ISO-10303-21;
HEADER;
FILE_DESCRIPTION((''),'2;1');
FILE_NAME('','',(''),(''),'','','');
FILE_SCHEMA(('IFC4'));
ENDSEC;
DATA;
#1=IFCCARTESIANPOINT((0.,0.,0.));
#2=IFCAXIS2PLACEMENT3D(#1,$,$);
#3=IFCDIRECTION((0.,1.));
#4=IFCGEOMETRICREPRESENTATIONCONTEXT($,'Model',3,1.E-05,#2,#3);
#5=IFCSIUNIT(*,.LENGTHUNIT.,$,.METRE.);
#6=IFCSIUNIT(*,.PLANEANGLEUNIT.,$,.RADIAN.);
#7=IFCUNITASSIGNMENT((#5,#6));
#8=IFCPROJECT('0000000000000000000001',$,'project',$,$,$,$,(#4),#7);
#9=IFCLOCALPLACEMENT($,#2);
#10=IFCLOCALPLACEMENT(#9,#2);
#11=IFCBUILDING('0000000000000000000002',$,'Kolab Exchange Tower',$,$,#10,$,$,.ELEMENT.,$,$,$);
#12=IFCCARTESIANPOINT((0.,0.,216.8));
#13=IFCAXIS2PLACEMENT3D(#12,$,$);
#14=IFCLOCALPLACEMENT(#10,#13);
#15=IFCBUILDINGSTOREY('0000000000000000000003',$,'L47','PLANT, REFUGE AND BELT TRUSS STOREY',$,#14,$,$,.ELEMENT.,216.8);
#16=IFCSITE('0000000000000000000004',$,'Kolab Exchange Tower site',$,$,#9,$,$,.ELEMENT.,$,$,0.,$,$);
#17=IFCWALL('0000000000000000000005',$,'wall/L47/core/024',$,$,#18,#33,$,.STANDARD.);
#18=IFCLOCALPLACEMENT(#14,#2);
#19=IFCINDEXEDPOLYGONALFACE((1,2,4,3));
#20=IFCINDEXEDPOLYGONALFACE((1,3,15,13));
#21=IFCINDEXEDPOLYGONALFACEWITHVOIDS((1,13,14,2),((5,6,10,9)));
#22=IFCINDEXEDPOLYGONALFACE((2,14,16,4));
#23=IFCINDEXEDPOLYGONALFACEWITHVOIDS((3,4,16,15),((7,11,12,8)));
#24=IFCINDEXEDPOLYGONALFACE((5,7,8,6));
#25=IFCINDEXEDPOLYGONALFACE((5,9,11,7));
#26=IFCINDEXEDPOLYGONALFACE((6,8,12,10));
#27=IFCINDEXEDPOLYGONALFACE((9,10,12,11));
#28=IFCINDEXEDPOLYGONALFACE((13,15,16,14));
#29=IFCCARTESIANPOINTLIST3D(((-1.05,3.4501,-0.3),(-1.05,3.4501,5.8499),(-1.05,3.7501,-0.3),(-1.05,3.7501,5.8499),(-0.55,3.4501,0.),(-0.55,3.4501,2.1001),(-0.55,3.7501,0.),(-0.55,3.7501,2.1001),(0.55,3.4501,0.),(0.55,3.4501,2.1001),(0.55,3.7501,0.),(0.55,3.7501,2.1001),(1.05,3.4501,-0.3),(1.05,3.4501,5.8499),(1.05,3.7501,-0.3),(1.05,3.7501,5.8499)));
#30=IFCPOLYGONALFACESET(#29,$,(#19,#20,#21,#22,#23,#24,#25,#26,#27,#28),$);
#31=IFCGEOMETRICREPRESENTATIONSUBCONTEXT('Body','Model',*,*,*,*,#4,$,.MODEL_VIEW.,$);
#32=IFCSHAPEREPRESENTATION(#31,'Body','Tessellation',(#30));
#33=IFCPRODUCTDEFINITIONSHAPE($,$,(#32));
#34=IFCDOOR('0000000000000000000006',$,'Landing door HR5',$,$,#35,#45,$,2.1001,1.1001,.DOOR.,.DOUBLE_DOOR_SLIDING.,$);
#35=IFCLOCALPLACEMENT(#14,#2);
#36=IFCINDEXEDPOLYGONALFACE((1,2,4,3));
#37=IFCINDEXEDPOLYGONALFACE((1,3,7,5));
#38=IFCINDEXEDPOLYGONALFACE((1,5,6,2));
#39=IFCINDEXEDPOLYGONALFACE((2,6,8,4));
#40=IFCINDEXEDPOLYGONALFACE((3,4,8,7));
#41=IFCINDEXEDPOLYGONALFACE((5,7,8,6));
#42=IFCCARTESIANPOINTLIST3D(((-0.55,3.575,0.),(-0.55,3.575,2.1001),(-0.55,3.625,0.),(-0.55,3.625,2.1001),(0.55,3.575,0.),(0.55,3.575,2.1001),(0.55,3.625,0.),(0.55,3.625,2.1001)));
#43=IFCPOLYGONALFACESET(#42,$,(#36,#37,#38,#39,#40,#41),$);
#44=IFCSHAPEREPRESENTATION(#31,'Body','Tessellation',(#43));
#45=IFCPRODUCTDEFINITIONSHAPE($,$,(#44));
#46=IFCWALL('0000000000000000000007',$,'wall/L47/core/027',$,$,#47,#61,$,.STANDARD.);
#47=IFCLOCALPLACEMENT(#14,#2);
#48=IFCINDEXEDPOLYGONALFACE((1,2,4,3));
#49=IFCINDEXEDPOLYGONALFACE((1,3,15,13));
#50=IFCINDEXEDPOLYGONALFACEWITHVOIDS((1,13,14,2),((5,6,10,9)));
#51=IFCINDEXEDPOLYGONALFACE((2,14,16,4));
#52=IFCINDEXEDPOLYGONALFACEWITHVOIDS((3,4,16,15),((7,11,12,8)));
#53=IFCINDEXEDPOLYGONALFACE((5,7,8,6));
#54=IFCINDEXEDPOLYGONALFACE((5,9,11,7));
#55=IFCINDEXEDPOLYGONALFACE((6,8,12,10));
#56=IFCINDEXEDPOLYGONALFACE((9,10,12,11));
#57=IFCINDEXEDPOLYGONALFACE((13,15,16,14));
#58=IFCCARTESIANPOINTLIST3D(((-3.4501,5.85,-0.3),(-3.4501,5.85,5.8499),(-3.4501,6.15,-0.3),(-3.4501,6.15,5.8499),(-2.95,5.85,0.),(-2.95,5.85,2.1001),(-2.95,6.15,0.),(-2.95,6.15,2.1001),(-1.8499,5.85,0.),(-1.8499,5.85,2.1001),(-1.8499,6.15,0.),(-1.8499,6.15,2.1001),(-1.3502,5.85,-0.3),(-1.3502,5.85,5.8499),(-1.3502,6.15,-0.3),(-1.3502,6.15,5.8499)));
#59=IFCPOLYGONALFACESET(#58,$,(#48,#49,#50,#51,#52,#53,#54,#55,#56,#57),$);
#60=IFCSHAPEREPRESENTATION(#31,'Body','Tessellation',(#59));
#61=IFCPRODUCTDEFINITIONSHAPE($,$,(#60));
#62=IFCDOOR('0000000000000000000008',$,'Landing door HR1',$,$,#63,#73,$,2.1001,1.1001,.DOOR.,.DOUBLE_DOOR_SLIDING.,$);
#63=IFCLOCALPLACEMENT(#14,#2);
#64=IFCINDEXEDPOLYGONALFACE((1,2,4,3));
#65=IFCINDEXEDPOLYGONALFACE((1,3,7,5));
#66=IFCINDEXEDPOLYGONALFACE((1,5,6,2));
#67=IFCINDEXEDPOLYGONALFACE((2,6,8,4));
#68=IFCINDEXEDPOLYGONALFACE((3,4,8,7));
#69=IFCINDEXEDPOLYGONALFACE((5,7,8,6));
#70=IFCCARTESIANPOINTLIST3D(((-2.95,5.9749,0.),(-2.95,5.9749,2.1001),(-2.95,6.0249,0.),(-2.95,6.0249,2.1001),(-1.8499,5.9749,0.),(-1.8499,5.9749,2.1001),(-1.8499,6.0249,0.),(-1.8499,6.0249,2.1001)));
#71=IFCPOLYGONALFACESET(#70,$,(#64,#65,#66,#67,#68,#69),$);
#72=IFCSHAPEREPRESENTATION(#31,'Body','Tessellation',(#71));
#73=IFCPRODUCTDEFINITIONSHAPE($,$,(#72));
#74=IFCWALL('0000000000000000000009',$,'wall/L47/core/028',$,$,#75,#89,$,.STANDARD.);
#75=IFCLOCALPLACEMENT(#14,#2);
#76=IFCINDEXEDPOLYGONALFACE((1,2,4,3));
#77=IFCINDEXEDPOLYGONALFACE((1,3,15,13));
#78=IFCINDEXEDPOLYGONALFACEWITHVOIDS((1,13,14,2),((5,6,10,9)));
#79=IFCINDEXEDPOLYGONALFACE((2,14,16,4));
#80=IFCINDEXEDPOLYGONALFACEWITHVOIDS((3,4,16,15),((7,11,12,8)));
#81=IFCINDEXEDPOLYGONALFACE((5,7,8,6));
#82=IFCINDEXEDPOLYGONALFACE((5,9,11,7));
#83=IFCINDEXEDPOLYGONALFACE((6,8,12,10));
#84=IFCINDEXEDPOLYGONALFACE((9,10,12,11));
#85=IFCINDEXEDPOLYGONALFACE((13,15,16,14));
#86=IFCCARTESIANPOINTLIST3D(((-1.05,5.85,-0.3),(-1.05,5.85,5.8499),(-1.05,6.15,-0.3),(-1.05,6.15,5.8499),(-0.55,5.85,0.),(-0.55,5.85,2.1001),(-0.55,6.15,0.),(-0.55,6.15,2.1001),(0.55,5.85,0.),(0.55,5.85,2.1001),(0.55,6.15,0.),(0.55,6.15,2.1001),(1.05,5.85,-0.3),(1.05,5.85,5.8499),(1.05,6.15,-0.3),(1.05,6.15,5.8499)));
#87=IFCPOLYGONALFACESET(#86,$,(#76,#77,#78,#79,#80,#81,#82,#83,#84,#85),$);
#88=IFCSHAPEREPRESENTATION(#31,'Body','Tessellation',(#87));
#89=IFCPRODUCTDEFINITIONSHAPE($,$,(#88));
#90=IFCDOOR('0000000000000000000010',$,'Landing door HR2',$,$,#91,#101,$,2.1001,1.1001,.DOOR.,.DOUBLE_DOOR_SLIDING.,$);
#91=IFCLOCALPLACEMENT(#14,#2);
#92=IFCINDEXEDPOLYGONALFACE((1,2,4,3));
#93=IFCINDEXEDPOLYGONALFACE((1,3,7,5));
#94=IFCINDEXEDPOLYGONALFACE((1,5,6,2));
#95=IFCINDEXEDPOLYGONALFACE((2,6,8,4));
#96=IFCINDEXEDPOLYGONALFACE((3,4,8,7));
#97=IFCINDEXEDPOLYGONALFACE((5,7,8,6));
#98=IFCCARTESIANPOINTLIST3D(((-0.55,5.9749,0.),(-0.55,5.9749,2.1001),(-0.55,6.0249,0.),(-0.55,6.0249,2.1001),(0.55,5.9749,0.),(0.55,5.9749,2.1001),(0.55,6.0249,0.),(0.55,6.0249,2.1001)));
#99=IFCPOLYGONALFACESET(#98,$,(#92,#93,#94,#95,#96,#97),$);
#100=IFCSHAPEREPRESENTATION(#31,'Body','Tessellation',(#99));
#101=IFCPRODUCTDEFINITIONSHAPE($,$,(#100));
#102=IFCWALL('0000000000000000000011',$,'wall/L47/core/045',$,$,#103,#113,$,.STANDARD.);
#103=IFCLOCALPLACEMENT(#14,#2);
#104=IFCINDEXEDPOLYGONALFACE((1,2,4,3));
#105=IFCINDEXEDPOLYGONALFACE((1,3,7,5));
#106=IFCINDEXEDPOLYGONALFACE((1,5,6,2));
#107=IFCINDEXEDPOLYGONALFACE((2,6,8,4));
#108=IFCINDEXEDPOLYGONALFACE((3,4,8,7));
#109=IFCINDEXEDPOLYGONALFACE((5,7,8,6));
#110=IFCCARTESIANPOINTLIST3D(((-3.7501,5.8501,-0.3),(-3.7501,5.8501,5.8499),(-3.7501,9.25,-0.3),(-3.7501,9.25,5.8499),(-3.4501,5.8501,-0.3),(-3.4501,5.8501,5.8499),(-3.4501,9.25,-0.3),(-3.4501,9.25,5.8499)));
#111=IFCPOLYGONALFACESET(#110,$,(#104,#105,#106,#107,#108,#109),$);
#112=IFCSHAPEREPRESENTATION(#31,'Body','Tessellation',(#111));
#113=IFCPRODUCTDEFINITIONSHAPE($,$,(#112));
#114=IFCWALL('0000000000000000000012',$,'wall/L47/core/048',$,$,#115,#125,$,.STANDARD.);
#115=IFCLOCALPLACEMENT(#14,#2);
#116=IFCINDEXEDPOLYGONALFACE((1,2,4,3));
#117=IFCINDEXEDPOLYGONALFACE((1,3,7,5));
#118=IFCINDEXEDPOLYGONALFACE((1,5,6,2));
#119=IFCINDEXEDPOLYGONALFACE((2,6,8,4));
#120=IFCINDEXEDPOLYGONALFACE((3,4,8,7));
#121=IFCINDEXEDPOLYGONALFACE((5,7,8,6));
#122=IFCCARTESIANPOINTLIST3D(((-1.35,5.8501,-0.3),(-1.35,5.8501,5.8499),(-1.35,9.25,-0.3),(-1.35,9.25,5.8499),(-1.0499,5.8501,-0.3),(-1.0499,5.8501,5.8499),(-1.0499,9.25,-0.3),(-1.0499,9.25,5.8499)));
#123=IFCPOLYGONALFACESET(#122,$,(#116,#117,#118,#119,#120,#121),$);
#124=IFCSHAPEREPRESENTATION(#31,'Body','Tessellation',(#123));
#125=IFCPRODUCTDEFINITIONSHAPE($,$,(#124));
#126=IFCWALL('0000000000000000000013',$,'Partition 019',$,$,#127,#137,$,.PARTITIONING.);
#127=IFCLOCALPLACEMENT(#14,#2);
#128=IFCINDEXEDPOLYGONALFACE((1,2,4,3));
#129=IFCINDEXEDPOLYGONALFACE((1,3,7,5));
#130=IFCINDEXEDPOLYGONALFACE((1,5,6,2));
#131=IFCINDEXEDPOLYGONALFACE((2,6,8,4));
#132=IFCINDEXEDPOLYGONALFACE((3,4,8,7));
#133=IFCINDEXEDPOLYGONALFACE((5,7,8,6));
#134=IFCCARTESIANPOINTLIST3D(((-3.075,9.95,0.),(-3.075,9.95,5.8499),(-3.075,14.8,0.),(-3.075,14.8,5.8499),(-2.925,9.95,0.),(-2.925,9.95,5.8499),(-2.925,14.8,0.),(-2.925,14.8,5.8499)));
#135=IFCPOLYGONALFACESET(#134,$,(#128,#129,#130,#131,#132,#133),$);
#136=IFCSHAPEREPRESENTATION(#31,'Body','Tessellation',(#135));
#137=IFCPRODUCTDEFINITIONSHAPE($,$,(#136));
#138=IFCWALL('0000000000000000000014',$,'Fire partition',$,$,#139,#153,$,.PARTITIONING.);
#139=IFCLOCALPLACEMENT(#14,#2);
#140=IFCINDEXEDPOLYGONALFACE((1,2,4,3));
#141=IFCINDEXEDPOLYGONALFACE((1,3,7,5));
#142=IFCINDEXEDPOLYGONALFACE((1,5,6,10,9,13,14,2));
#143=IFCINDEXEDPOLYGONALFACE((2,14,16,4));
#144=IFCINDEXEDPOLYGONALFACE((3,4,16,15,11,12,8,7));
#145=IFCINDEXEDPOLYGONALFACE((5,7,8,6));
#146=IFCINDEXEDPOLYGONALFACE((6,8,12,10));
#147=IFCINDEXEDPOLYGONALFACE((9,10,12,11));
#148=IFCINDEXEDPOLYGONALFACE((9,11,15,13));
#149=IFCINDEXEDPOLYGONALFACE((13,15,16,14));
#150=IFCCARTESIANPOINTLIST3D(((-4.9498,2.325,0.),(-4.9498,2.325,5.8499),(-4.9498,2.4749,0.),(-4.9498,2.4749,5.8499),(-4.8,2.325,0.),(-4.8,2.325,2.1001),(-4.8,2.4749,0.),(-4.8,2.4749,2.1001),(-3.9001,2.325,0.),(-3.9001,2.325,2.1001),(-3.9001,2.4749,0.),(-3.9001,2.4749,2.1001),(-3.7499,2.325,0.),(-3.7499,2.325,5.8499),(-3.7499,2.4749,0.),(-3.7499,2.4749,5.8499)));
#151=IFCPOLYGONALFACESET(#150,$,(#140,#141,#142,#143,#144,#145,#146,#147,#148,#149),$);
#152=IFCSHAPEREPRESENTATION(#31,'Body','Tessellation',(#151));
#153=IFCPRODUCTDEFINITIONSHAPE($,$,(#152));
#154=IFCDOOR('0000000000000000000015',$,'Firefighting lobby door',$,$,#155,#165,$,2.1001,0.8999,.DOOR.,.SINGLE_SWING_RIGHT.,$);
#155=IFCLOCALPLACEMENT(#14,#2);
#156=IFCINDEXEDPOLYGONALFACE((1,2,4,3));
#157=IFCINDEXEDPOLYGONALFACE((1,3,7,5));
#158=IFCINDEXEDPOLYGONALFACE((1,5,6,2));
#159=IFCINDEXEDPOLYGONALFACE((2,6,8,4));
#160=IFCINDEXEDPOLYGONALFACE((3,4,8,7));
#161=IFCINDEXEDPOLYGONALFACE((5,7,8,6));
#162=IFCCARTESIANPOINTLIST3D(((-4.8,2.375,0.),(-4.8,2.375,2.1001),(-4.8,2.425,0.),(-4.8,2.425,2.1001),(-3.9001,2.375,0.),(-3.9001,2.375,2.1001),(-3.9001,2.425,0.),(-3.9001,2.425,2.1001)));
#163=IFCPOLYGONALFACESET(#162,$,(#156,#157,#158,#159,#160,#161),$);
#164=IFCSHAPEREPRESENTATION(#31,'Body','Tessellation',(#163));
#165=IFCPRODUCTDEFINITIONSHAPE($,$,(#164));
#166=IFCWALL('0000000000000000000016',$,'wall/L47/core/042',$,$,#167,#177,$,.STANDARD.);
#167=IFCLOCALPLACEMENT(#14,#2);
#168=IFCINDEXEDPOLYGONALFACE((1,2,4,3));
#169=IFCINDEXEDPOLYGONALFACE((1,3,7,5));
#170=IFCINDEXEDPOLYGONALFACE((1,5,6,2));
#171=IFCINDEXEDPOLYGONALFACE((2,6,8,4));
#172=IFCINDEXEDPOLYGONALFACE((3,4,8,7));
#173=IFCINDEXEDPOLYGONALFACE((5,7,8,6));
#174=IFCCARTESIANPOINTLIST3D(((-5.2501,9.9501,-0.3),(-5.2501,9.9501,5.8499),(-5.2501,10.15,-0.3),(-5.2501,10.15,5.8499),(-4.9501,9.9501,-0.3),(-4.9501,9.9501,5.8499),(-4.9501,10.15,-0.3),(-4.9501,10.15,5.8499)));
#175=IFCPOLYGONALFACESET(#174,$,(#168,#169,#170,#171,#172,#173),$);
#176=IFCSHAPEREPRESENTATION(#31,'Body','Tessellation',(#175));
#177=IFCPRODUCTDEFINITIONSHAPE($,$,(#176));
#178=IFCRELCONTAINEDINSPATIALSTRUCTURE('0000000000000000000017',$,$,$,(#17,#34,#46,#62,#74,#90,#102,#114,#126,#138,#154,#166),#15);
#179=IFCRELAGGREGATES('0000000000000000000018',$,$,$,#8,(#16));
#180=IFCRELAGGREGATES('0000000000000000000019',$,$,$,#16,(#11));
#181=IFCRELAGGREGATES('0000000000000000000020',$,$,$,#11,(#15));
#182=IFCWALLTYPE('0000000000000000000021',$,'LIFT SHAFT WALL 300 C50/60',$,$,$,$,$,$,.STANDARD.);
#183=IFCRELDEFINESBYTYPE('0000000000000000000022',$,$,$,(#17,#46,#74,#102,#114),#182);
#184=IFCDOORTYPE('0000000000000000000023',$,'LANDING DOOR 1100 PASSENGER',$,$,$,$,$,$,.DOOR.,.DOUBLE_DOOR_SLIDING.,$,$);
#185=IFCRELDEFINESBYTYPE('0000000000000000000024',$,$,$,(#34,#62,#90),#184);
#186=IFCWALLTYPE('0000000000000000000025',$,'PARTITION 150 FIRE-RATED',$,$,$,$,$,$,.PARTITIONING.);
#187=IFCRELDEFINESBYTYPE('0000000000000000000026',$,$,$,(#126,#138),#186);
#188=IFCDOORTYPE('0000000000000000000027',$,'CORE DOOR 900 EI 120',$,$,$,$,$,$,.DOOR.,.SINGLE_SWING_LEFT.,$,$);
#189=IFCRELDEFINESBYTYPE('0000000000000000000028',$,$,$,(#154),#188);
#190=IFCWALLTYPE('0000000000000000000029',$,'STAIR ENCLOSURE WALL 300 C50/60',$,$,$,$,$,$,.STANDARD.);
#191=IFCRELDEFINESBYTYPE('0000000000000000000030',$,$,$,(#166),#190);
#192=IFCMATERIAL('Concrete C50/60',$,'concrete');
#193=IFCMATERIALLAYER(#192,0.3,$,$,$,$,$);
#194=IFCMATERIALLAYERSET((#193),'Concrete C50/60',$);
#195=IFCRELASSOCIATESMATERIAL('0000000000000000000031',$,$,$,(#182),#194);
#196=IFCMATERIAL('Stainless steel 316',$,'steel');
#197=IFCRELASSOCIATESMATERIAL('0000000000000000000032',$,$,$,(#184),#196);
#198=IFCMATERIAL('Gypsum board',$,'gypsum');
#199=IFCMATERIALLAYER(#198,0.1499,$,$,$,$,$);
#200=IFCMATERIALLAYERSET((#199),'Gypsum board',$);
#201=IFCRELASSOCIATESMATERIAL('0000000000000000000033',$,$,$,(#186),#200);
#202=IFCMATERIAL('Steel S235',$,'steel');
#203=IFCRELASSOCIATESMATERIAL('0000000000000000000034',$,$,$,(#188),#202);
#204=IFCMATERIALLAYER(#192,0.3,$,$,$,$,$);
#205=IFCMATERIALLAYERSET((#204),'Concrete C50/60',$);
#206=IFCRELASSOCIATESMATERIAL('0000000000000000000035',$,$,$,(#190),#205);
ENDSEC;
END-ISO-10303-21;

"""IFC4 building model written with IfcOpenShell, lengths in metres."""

from ifc_helpers import new_model, si_unit, direction, frame, frame_2d, origin, place, context, subcontext, project, spatial, rectangle, extrude, material, layer, layer_set, type_object, element, fill, save


model = new_model("IFC4")

# Units and contexts
model_context = context("Model", 3, precision=1e-05, world=origin(), true_north=direction((0.0, 1.0)))
body_context = subcontext(model_context, "Body", "Model", "MODEL_VIEW")
ifc_project = project(units=[si_unit("LENGTHUNIT", "METRE"), si_unit("PLANEANGLEUNIT", "RADIAN")], contexts=[model_context])

# Site, building, storey
site_placement = place(None, origin())
site = spatial("IfcSite", under=ifc_project, at=site_placement, Name="Kolab Exchange Tower site", CompositionType="ELEMENT", RefElevation=0.0)
building_placement = place(site_placement, origin())
building = spatial("IfcBuilding", under=site, at=building_placement, Name="Kolab Exchange Tower", CompositionType="ELEMENT")
storey_placement = place(building_placement, frame((0.0, 0.0, 216.8)))
storey = spatial("IfcBuildingStorey", under=building, at=storey_placement, Name="L47", Description="PLANT, REFUGE AND BELT TRUSS STOREY", CompositionType="ELEMENT", Elevation=216.8)

# Shared definitions
ifc_material_1 = material(Name="Concrete C50/60", Category="concrete")
ifc_layer_1 = layer(ifc_material_1, 0.3)
ifc_layer_set_1 = layer_set([ifc_layer_1], Name="Concrete C50/60")
wall_type_1 = type_object("IfcWallType", Name="LIFT SHAFT WALL 300 C50/60", PredefinedType="STANDARD", material=ifc_layer_set_1)

# Walls, openings, doors
ifc_material_2 = material(Name="Stainless steel 316", Category="steel")
door_type_1 = type_object("IfcDoorType", Name="LANDING DOOR 1100 PASSENGER", OperationType="DOUBLE_DOOR_SLIDING", PredefinedType="DOOR", material=ifc_material_2)
wall_1_placement = place(storey_placement, frame((-1.05, 3.6001, -0.3), z_axis=(0.0, 0.0, 1.0), x_axis=(1.0, 0.0, 0.0)))
wall_1 = element("IfcWall", 1, at=wall_1_placement, inside=storey, type_object=wall_type_1, Name="wall/L47/core/024", PredefinedType="STANDARD", context=body_context, shape_type="SweptSolid", body=[
    extrude(rectangle(XDim=2.1001, YDim=0.3, at=frame_2d((1.05, 0.0))), origin(), (0.0, 0.0, 1.0), 6.1499),
])
opening_1_placement = place(wall_1_placement, frame((0.5, 0.0, 0.3)))
opening_1 = element("IfcOpeningElement", 2, at=opening_1_placement, cuts=wall_1, PredefinedType="OPENING", context=body_context, shape_type="SweptSolid", body=[
    extrude(rectangle(XDim=1.1001, YDim=2.1001, at=frame_2d((0.55, 1.05))), frame((0.0, 0.1602, 0.0), z_axis=(0.0, -1.0, 0.0), x_axis=(1.0, 0.0, 0.0)), (0.0, 0.0, 1.0), 0.3201),
])
door_1_placement = place(opening_1_placement, origin())
door_1 = element("IfcDoor", 3, at=door_1_placement, inside=storey, type_object=door_type_1, Name="Landing door HR5", OperationType="DOUBLE_DOOR_SLIDING", OverallHeight=2.1001, OverallWidth=1.1001, PredefinedType="DOOR", context=body_context, shape_type="SweptSolid", body=[
    extrude(rectangle(XDim=1.1001, YDim=2.1001, at=frame_2d((0.55, 1.05))), frame((0.0, 0.0249, 0.0), z_axis=(0.0, -1.0, 0.0), x_axis=(1.0, 0.0, 0.0)), (0.0, 0.0, 1.0), 0.05),
])
fill(opening_1, door_1)
wall_2_placement = place(storey_placement, frame((-3.45, 6.0, -0.3), z_axis=(0.0, 0.0, 1.0), x_axis=(1.0, 0.0, 0.0)))
wall_2 = element("IfcWall", 4, at=wall_2_placement, inside=storey, type_object=wall_type_1, Name="wall/L47/core/027", PredefinedType="STANDARD", context=body_context, shape_type="SweptSolid", body=[
    extrude(rectangle(XDim=2.0999, YDim=0.3, at=frame_2d((1.0498, 0.0))), origin(), (0.0, 0.0, 1.0), 6.1499),
])
opening_2_placement = place(wall_2_placement, frame((0.5, 0.0, 0.3)))
opening_2 = element("IfcOpeningElement", 5, at=opening_2_placement, cuts=wall_2, PredefinedType="OPENING", context=body_context, shape_type="SweptSolid", body=[
    extrude(rectangle(XDim=1.1001, YDim=2.1001, at=frame_2d((0.55, 1.05))), frame((0.0, 0.1602, 0.0), z_axis=(0.0, -1.0, 0.0), x_axis=(1.0, 0.0, 0.0)), (0.0, 0.0, 1.0), 0.3201),
])
door_2_placement = place(opening_2_placement, origin())
door_2 = element("IfcDoor", 6, at=door_2_placement, inside=storey, type_object=door_type_1, Name="Landing door HR1", OperationType="DOUBLE_DOOR_SLIDING", OverallHeight=2.1001, OverallWidth=1.1001, PredefinedType="DOOR", context=body_context, shape_type="SweptSolid", body=[
    extrude(rectangle(XDim=1.1001, YDim=2.1001, at=frame_2d((0.55, 1.05))), frame((0.0, 0.0249, 0.0), z_axis=(0.0, -1.0, 0.0), x_axis=(1.0, 0.0, 0.0)), (0.0, 0.0, 1.0), 0.05),
])
fill(opening_2, door_2)
wall_3_placement = place(storey_placement, frame((-1.05, 6.0, -0.3), z_axis=(0.0, 0.0, 1.0), x_axis=(1.0, 0.0, 0.0)))
wall_3 = element("IfcWall", 7, at=wall_3_placement, inside=storey, type_object=wall_type_1, Name="wall/L47/core/028", PredefinedType="STANDARD", context=body_context, shape_type="SweptSolid", body=[
    extrude(rectangle(XDim=2.1001, YDim=0.3, at=frame_2d((1.05, 0.0))), origin(), (0.0, 0.0, 1.0), 6.1499),
])
opening_3_placement = place(wall_3_placement, frame((0.5, 0.0, 0.3)))
opening_3 = element("IfcOpeningElement", 8, at=opening_3_placement, cuts=wall_3, PredefinedType="OPENING", context=body_context, shape_type="SweptSolid", body=[
    extrude(rectangle(XDim=1.1001, YDim=2.1001, at=frame_2d((0.55, 1.05))), frame((0.0, 0.1602, 0.0), z_axis=(0.0, -1.0, 0.0), x_axis=(1.0, 0.0, 0.0)), (0.0, 0.0, 1.0), 0.3201),
])
door_3_placement = place(opening_3_placement, origin())
door_3 = element("IfcDoor", 9, at=door_3_placement, inside=storey, type_object=door_type_1, Name="Landing door HR2", OperationType="DOUBLE_DOOR_SLIDING", OverallHeight=2.1001, OverallWidth=1.1001, PredefinedType="DOOR", context=body_context, shape_type="SweptSolid", body=[
    extrude(rectangle(XDim=1.1001, YDim=2.1001, at=frame_2d((0.55, 1.05))), frame((0.0, 0.0249, 0.0), z_axis=(0.0, -1.0, 0.0), x_axis=(1.0, 0.0, 0.0)), (0.0, 0.0, 1.0), 0.05),
])
fill(opening_3, door_3)

# Walls
for number, where, z_axis, x_axis, name in (
    (10, (-3.6001, 5.8501, -0.3), (0.0, 0.0, 1.0), (0.0, 1.0, 0.0), "wall/L47/core/045"),
    (11, (-1.2, 5.8501, -0.3), (0.0, 0.0, 1.0), (0.0, 1.0, 0.0), "wall/L47/core/048"),
):
    element("IfcWall", number, at=place(storey_placement, frame(where, z_axis=z_axis, x_axis=x_axis)), inside=storey, type_object=wall_type_1, Name=name, PredefinedType="STANDARD", context=body_context, shape_type="SweptSolid", body=[
        extrude(rectangle(XDim=3.3999, YDim=0.3, at=frame_2d((1.7, 0.0))), origin(), (0.0, 0.0, 1.0), 6.1499),
    ])
ifc_material_3 = material(Name="Gypsum board", Category="gypsum")
ifc_layer_2 = layer(ifc_material_3, 0.1499)
ifc_layer_set_2 = layer_set([ifc_layer_2], Name="Gypsum board")
wall_type_2 = type_object("IfcWallType", Name="PARTITION 150 FIRE-RATED", PredefinedType="PARTITIONING", material=ifc_layer_set_2)
wall_4_placement = place(storey_placement, frame((-3.0, 9.95, 0.0), z_axis=(0.0, 0.0, 1.0), x_axis=(0.0, 1.0, 0.0)))
element("IfcWall", 12, at=wall_4_placement, inside=storey, type_object=wall_type_2, Name="Partition 019", PredefinedType="PARTITIONING", context=body_context, shape_type="SweptSolid", body=[
    extrude(rectangle(XDim=4.8501, YDim=0.1499, at=frame_2d((2.425, 0.0))), origin(), (0.0, 0.0, 1.0), 5.8499),
])

# Wall, opening, door
wall_5_placement = place(storey_placement, frame((-4.95, 2.3999, 0.0), z_axis=(0.0, 0.0, 1.0), x_axis=(1.0, 0.0, 0.0)))
wall_5 = element("IfcWall", 13, at=wall_5_placement, inside=storey, type_object=wall_type_2, Name="Fire partition", PredefinedType="PARTITIONING", context=body_context, shape_type="SweptSolid", body=[
    extrude(rectangle(XDim=1.2, YDim=0.1499, at=frame_2d((0.6001, 0.0))), origin(), (0.0, 0.0, 1.0), 5.8499),
])
opening_4_placement = place(wall_5_placement, frame((0.1499, 0.0, 0.0)))
opening_4 = element("IfcOpeningElement", 14, at=opening_4_placement, cuts=wall_5, PredefinedType="OPENING", context=body_context, shape_type="SweptSolid", body=[
    extrude(rectangle(XDim=0.8999, YDim=2.1001, at=frame_2d((0.45, 1.05))), frame((0.0, 0.085, 0.0), z_axis=(0.0, -1.0, 0.0), x_axis=(1.0, 0.0, 0.0)), (0.0, 0.0, 1.0), 0.1699),
])
ifc_material_4 = material(Name="Steel S235", Category="steel")
door_type_2 = type_object("IfcDoorType", Name="CORE DOOR 900 EI 120", OperationType="SINGLE_SWING_LEFT", PredefinedType="DOOR", material=ifc_material_4)
door_4_placement = place(opening_4_placement, frame((0.8999, 0.0, 0.0), z_axis=(0.0, 0.0, 1.0), x_axis=(-1.0, 0.0, 0.0)))
door_4 = element("IfcDoor", 15, at=door_4_placement, inside=storey, type_object=door_type_2, Name="Firefighting lobby door", OperationType="SINGLE_SWING_RIGHT", OverallHeight=2.1001, OverallWidth=0.8999, PredefinedType="DOOR", context=body_context, shape_type="SweptSolid", body=[
    extrude(rectangle(XDim=0.8999, YDim=2.1001, at=frame_2d((0.45, 1.05))), frame((0.0, 0.0249, 0.0), z_axis=(0.0, -1.0, 0.0), x_axis=(1.0, 0.0, 0.0)), (0.0, 0.0, 1.0), 0.05),
])
fill(opening_4, door_4)

# Wall
ifc_layer_3 = layer(ifc_material_1, 0.3)
ifc_layer_set_3 = layer_set([ifc_layer_3], Name="Concrete C50/60")
wall_type_3 = type_object("IfcWallType", Name="STAIR ENCLOSURE WALL 300 C50/60", PredefinedType="STANDARD", material=ifc_layer_set_3)
wall_6_placement = place(storey_placement, frame((-5.1001, 9.95, -0.3), z_axis=(0.0, 0.0, 1.0), x_axis=(0.0, 1.0, 0.0)))
element("IfcWall", 16, at=wall_6_placement, inside=storey, type_object=wall_type_3, Name="wall/L47/core/042", PredefinedType="STANDARD", context=body_context, shape_type="SweptSolid", body=[
    extrude(rectangle(XDim=0.2, YDim=0.3, at=frame_2d((0.1001, 0.0))), origin(), (0.0, 0.0, 1.0), 6.1499),
])

save(model, "model.ifc")
